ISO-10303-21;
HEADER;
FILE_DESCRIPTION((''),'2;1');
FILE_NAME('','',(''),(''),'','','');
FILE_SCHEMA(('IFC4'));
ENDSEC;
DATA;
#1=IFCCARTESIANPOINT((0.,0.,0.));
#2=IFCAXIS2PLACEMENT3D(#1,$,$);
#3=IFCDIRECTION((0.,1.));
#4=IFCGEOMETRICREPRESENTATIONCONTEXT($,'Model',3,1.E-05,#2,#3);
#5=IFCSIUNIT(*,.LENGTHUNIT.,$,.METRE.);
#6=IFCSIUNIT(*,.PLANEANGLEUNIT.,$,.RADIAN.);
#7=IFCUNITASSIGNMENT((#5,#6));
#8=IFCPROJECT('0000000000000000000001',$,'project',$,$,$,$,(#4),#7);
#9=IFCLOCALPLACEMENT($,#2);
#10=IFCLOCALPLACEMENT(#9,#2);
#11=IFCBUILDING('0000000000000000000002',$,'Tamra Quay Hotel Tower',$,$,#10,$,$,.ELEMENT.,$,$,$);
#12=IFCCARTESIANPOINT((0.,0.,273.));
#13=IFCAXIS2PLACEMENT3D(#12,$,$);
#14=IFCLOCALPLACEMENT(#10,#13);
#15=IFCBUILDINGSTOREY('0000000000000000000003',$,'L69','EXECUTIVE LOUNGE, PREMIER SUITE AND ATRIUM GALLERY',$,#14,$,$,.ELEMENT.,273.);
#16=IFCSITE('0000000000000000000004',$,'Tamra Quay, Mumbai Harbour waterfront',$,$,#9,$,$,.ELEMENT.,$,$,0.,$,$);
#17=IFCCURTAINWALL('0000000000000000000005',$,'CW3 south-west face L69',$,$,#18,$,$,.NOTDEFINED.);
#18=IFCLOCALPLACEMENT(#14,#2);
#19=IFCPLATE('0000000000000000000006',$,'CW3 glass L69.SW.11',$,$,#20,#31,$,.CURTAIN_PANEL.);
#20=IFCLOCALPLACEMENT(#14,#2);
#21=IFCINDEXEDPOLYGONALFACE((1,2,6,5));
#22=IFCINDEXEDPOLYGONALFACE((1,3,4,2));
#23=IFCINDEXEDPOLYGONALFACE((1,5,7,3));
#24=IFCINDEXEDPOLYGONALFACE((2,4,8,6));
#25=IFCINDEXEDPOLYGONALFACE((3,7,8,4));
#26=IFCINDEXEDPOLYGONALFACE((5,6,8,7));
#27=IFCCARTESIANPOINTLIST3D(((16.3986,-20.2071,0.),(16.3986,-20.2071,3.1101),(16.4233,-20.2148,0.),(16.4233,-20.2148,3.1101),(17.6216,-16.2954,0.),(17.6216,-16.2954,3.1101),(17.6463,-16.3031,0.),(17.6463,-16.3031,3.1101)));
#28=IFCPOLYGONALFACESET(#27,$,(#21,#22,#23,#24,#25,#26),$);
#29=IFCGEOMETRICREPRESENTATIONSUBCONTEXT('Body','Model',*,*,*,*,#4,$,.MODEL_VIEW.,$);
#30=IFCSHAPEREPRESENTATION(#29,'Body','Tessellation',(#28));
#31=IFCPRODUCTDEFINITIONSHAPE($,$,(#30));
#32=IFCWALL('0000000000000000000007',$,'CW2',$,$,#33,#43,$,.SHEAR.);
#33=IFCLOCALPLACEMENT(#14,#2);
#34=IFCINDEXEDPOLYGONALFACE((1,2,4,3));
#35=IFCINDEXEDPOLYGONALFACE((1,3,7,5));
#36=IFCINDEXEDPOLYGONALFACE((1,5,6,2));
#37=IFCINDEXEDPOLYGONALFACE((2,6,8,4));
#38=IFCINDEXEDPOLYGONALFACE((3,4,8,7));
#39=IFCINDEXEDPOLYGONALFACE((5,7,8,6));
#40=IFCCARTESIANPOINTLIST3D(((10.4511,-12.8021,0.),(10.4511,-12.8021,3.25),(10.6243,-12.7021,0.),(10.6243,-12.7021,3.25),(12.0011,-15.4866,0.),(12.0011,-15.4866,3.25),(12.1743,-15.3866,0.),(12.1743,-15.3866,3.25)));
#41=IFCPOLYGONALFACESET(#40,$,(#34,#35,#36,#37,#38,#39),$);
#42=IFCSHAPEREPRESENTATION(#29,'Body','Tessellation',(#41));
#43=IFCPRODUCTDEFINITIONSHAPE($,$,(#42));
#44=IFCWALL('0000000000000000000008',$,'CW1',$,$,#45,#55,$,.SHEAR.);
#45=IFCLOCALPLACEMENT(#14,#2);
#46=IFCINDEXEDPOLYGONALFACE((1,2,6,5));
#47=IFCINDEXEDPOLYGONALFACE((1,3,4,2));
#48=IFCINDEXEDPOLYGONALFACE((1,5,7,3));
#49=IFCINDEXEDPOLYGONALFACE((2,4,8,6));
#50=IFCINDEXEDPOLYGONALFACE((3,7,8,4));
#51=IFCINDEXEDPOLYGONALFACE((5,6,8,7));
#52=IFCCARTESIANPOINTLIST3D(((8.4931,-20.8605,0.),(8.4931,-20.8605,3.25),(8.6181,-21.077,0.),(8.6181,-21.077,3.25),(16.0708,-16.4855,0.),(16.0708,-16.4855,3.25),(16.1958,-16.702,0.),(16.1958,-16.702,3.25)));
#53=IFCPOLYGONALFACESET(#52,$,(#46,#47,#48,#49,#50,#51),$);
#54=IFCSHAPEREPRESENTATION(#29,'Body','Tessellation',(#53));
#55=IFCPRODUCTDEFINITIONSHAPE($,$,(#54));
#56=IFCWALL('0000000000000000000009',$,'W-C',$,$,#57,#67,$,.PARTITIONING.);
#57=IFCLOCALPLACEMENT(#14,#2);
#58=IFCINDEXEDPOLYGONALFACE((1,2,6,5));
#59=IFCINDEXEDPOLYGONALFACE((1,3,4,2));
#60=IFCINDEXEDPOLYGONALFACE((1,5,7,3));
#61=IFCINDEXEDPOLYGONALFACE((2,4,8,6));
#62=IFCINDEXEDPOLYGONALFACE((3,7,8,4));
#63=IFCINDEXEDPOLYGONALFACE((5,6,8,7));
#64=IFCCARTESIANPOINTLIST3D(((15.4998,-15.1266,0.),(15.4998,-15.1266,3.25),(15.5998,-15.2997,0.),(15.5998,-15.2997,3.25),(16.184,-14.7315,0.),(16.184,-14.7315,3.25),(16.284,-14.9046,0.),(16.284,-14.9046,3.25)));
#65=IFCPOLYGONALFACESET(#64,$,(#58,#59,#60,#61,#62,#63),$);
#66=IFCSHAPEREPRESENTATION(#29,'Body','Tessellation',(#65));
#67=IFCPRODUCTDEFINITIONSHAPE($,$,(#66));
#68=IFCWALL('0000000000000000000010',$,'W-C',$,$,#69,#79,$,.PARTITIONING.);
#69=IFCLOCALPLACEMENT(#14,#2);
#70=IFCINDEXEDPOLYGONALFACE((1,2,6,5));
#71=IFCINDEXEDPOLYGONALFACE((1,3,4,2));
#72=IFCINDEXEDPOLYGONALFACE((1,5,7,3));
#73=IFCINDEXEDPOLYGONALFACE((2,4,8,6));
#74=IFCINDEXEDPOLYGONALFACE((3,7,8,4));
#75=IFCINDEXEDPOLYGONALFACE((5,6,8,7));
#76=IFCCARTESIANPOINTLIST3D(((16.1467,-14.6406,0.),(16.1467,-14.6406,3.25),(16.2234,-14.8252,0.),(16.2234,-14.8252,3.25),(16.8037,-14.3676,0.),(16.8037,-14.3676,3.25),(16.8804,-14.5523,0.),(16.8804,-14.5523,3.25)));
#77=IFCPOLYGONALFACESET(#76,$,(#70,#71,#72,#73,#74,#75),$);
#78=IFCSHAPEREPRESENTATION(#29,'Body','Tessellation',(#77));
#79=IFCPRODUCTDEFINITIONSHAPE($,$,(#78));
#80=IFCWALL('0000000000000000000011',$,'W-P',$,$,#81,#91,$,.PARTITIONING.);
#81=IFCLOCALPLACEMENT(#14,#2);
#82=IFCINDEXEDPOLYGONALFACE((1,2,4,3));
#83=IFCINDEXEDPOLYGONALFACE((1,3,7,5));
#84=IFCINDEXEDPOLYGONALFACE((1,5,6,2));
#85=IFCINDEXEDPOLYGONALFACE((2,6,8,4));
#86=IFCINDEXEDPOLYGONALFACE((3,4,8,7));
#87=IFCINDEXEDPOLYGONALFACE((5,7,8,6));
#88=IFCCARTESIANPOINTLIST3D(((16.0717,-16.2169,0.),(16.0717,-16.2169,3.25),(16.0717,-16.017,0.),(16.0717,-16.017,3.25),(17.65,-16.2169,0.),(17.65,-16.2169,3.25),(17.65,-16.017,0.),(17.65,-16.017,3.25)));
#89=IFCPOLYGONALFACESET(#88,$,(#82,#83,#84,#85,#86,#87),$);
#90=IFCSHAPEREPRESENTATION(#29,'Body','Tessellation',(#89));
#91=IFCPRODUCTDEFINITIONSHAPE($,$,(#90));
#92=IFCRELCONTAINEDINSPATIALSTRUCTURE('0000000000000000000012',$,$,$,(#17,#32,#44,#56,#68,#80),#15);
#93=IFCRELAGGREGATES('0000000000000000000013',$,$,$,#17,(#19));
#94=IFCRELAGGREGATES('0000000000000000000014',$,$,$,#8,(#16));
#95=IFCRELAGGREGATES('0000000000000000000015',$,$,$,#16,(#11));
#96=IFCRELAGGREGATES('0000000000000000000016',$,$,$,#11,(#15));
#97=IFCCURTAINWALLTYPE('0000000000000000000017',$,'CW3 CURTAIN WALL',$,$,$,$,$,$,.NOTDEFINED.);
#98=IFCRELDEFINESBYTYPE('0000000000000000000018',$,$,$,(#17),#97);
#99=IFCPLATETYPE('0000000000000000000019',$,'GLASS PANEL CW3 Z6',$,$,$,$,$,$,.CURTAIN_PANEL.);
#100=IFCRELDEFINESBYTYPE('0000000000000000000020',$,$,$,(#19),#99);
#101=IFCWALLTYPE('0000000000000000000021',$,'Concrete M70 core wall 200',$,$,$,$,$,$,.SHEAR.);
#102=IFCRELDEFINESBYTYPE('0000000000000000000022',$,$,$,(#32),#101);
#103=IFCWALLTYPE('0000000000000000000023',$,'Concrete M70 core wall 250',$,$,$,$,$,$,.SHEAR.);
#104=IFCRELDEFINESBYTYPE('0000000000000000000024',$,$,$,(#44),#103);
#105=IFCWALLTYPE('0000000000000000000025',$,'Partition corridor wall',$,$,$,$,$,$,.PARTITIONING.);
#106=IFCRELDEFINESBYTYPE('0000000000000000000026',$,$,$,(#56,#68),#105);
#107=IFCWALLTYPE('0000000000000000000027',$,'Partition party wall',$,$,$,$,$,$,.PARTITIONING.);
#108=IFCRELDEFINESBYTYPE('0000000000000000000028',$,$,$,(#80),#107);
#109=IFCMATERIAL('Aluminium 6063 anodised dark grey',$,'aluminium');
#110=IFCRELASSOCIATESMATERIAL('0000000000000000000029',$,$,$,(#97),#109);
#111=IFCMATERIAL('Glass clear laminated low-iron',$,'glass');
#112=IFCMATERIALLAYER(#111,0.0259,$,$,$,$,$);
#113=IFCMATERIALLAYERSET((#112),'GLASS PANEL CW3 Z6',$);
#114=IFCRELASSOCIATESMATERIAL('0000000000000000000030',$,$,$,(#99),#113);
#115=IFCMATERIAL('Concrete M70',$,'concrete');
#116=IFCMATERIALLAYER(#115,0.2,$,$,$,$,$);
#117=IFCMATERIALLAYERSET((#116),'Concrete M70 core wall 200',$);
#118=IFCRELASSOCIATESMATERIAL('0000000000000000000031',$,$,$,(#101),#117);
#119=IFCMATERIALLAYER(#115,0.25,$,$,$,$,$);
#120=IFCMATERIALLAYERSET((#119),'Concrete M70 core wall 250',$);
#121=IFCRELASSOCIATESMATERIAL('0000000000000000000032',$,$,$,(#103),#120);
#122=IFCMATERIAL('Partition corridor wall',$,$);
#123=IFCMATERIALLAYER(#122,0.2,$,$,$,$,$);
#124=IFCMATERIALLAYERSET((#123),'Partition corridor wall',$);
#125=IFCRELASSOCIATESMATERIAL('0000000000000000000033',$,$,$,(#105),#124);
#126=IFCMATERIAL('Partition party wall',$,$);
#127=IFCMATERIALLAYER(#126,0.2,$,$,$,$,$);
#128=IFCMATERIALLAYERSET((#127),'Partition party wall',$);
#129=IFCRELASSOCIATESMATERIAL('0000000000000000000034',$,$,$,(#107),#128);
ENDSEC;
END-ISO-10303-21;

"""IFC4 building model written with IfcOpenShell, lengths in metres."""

from ifc_helpers import new_model, si_unit, direction, frame, frame_2d, origin, origin_2d, place, context, subcontext, project, spatial, rectangle, extrude, material, layer, layer_set, type_object, element, aggregate, save


model = new_model("IFC4")

# Units and contexts
model_context = context("Model", 3, precision=1e-05, world=origin(), true_north=direction((0.0, 1.0)))
body_context = subcontext(model_context, "Body", "Model", "MODEL_VIEW")
ifc_project = project(units=[si_unit("LENGTHUNIT", "METRE"), si_unit("PLANEANGLEUNIT", "RADIAN")], contexts=[model_context])

# Site, building, storey
site_placement = place(None, origin())
site = spatial("IfcSite", under=ifc_project, at=site_placement, Name="Tamra Quay, Mumbai Harbour waterfront", CompositionType="ELEMENT", RefElevation=0.0)
building_placement = place(site_placement, origin())
building = spatial("IfcBuilding", under=site, at=building_placement, Name="Tamra Quay Hotel Tower", CompositionType="ELEMENT")
storey_placement = place(building_placement, frame((0.0, 0.0, 273.0)))
storey = spatial("IfcBuildingStorey", under=building, at=storey_placement, Name="L69", Description="EXECUTIVE LOUNGE, PREMIER SUITE AND ATRIUM GALLERY", CompositionType="ELEMENT", Elevation=273.0)

# Shared definitions
ifc_material_1 = material(Name="Concrete M70", Category="concrete")

# Shared definitions
ifc_material_2 = material(Name="Aluminium 6063 anodised dark grey", Category="aluminium")

# Curtain wall
curtain_wall_type_1 = type_object("IfcCurtainWallType", Name="CW3 CURTAIN WALL", PredefinedType="NOTDEFINED", material=ifc_material_2)
curtain_wall_1_placement = place(storey_placement, origin())
curtain_wall_1 = element("IfcCurtainWall", 1, at=curtain_wall_1_placement, inside=storey, type_object=curtain_wall_type_1, Name="CW3 south-west face L69", PredefinedType="NOTDEFINED")

# Plate
ifc_material_3 = material(Name="Glass clear laminated low-iron", Category="glass")
ifc_layer_1 = layer(ifc_material_3, 0.0259)
ifc_layer_set_1 = layer_set([ifc_layer_1], Name="GLASS PANEL CW3 Z6")
plate_type = type_object("IfcPlateType", Name="GLASS PANEL CW3 Z6", PredefinedType="CURTAIN_PANEL", material=ifc_layer_set_1)
plate_1_placement = place(storey_placement, frame((17.0225, -18.2551, 0.0), z_axis=(0.0, 0.0, 1.0), x_axis=(0.298392, 0.954443, 0.0)))
plate_1 = element("IfcPlate", 2, at=plate_1_placement, type_object=plate_type, Name="CW3 glass L69.SW.11", PredefinedType="CURTAIN_PANEL", context=body_context, shape_type="SweptSolid", body=[
    extrude(rectangle(XDim=4.0984, YDim=0.0259, at=origin_2d()), origin(), (0.0, 0.0, 1.0), 3.1101),
])
aggregate(curtain_wall_1, [plate_1])

# Walls
ifc_layer_2 = layer(ifc_material_1, 0.2)
ifc_layer_set_2 = layer_set([ifc_layer_2], Name="Concrete M70 core wall 200")
wall_type_1 = type_object("IfcWallType", Name="Concrete M70 core wall 200", PredefinedType="SHEAR", material=ifc_layer_set_2)
wall_1_placement = place(storey_placement, frame((12.0876, -15.4365, 0.0), z_axis=(0.0, 0.0, 1.0), x_axis=(-0.500027, 0.86601, 0.0)))
element("IfcWall", 3, at=wall_1_placement, inside=storey, type_object=wall_type_1, Name="CW2", PredefinedType="SHEAR", context=body_context, shape_type="SweptSolid", body=[
    extrude(rectangle(XDim=3.0999, YDim=0.2, at=frame_2d((1.5498, 0.0))), origin(), (0.0, 0.0, 1.0), 3.25),
])
ifc_layer_3 = layer(ifc_material_1, 0.25)
ifc_layer_set_3 = layer_set([ifc_layer_3], Name="Concrete M70 core wall 250")
wall_type_2 = type_object("IfcWallType", Name="Concrete M70 core wall 250", PredefinedType="SHEAR", material=ifc_layer_set_3)
wall_2_placement = place(storey_placement, frame((16.1333, -16.5938, 0.0), z_axis=(0.0, 0.0, 1.0), x_axis=(-0.866023, -0.500004, 0.0)))
element("IfcWall", 4, at=wall_2_placement, inside=storey, type_object=wall_type_2, Name="CW1", PredefinedType="SHEAR", context=body_context, shape_type="SweptSolid", body=[
    extrude(rectangle(XDim=8.75, YDim=0.25, at=frame_2d((4.375, 0.0))), origin(), (0.0, 0.0, 1.0), 3.25),
])
ifc_material_4 = material(Name="Partition corridor wall")
ifc_layer_4 = layer(ifc_material_4, 0.2)
ifc_layer_set_4 = layer_set([ifc_layer_4], Name="Partition corridor wall")
wall_type_3 = type_object("IfcWallType", Name="Partition corridor wall", PredefinedType="PARTITIONING", material=ifc_layer_set_4)
wall_3_placement = place(storey_placement, frame((15.5498, -15.2131, 0.0), z_axis=(0.0, 0.0, 1.0), x_axis=(0.86599, 0.500061, 0.0)))
element("IfcWall", 5, at=wall_3_placement, inside=storey, type_object=wall_type_3, Name="W-C", PredefinedType="PARTITIONING", context=body_context, shape_type="SweptSolid", body=[
    extrude(rectangle(XDim=0.79, YDim=0.2, at=frame_2d((0.395, 0.0))), origin(), (0.0, 0.0, 1.0), 3.25),
])
wall_4_placement = place(storey_placement, frame((16.1851, -14.7329, 0.0), z_axis=(0.0, 0.0, 1.0), x_axis=(0.923472, 0.383665, 0.0)))
element("IfcWall", 6, at=wall_4_placement, inside=storey, type_object=wall_type_3, Name="W-C", PredefinedType="PARTITIONING", context=body_context, shape_type="SweptSolid", body=[
    extrude(rectangle(XDim=0.7114, YDim=0.2, at=frame_2d((0.3557, 0.0))), origin(), (0.0, 0.0, 1.0), 3.25),
])
ifc_material_5 = material(Name="Partition party wall")
ifc_layer_5 = layer(ifc_material_5, 0.2)
ifc_layer_set_5 = layer_set([ifc_layer_5], Name="Partition party wall")
wall_type_4 = type_object("IfcWallType", Name="Partition party wall", PredefinedType="PARTITIONING", material=ifc_layer_set_5)
wall_5_placement = place(storey_placement, frame((16.0718, -16.1169, 0.0), z_axis=(0.0, 0.0, 1.0), x_axis=(1.0, 0.0, 0.0)))
element("IfcWall", 7, at=wall_5_placement, inside=storey, type_object=wall_type_4, Name="W-P", PredefinedType="PARTITIONING", context=body_context, shape_type="SweptSolid", body=[
    extrude(rectangle(XDim=1.5784, YDim=0.2, at=frame_2d((0.7891, 0.0))), origin(), (0.0, 0.0, 1.0), 3.25),
])

save(model, "model.ifc")
